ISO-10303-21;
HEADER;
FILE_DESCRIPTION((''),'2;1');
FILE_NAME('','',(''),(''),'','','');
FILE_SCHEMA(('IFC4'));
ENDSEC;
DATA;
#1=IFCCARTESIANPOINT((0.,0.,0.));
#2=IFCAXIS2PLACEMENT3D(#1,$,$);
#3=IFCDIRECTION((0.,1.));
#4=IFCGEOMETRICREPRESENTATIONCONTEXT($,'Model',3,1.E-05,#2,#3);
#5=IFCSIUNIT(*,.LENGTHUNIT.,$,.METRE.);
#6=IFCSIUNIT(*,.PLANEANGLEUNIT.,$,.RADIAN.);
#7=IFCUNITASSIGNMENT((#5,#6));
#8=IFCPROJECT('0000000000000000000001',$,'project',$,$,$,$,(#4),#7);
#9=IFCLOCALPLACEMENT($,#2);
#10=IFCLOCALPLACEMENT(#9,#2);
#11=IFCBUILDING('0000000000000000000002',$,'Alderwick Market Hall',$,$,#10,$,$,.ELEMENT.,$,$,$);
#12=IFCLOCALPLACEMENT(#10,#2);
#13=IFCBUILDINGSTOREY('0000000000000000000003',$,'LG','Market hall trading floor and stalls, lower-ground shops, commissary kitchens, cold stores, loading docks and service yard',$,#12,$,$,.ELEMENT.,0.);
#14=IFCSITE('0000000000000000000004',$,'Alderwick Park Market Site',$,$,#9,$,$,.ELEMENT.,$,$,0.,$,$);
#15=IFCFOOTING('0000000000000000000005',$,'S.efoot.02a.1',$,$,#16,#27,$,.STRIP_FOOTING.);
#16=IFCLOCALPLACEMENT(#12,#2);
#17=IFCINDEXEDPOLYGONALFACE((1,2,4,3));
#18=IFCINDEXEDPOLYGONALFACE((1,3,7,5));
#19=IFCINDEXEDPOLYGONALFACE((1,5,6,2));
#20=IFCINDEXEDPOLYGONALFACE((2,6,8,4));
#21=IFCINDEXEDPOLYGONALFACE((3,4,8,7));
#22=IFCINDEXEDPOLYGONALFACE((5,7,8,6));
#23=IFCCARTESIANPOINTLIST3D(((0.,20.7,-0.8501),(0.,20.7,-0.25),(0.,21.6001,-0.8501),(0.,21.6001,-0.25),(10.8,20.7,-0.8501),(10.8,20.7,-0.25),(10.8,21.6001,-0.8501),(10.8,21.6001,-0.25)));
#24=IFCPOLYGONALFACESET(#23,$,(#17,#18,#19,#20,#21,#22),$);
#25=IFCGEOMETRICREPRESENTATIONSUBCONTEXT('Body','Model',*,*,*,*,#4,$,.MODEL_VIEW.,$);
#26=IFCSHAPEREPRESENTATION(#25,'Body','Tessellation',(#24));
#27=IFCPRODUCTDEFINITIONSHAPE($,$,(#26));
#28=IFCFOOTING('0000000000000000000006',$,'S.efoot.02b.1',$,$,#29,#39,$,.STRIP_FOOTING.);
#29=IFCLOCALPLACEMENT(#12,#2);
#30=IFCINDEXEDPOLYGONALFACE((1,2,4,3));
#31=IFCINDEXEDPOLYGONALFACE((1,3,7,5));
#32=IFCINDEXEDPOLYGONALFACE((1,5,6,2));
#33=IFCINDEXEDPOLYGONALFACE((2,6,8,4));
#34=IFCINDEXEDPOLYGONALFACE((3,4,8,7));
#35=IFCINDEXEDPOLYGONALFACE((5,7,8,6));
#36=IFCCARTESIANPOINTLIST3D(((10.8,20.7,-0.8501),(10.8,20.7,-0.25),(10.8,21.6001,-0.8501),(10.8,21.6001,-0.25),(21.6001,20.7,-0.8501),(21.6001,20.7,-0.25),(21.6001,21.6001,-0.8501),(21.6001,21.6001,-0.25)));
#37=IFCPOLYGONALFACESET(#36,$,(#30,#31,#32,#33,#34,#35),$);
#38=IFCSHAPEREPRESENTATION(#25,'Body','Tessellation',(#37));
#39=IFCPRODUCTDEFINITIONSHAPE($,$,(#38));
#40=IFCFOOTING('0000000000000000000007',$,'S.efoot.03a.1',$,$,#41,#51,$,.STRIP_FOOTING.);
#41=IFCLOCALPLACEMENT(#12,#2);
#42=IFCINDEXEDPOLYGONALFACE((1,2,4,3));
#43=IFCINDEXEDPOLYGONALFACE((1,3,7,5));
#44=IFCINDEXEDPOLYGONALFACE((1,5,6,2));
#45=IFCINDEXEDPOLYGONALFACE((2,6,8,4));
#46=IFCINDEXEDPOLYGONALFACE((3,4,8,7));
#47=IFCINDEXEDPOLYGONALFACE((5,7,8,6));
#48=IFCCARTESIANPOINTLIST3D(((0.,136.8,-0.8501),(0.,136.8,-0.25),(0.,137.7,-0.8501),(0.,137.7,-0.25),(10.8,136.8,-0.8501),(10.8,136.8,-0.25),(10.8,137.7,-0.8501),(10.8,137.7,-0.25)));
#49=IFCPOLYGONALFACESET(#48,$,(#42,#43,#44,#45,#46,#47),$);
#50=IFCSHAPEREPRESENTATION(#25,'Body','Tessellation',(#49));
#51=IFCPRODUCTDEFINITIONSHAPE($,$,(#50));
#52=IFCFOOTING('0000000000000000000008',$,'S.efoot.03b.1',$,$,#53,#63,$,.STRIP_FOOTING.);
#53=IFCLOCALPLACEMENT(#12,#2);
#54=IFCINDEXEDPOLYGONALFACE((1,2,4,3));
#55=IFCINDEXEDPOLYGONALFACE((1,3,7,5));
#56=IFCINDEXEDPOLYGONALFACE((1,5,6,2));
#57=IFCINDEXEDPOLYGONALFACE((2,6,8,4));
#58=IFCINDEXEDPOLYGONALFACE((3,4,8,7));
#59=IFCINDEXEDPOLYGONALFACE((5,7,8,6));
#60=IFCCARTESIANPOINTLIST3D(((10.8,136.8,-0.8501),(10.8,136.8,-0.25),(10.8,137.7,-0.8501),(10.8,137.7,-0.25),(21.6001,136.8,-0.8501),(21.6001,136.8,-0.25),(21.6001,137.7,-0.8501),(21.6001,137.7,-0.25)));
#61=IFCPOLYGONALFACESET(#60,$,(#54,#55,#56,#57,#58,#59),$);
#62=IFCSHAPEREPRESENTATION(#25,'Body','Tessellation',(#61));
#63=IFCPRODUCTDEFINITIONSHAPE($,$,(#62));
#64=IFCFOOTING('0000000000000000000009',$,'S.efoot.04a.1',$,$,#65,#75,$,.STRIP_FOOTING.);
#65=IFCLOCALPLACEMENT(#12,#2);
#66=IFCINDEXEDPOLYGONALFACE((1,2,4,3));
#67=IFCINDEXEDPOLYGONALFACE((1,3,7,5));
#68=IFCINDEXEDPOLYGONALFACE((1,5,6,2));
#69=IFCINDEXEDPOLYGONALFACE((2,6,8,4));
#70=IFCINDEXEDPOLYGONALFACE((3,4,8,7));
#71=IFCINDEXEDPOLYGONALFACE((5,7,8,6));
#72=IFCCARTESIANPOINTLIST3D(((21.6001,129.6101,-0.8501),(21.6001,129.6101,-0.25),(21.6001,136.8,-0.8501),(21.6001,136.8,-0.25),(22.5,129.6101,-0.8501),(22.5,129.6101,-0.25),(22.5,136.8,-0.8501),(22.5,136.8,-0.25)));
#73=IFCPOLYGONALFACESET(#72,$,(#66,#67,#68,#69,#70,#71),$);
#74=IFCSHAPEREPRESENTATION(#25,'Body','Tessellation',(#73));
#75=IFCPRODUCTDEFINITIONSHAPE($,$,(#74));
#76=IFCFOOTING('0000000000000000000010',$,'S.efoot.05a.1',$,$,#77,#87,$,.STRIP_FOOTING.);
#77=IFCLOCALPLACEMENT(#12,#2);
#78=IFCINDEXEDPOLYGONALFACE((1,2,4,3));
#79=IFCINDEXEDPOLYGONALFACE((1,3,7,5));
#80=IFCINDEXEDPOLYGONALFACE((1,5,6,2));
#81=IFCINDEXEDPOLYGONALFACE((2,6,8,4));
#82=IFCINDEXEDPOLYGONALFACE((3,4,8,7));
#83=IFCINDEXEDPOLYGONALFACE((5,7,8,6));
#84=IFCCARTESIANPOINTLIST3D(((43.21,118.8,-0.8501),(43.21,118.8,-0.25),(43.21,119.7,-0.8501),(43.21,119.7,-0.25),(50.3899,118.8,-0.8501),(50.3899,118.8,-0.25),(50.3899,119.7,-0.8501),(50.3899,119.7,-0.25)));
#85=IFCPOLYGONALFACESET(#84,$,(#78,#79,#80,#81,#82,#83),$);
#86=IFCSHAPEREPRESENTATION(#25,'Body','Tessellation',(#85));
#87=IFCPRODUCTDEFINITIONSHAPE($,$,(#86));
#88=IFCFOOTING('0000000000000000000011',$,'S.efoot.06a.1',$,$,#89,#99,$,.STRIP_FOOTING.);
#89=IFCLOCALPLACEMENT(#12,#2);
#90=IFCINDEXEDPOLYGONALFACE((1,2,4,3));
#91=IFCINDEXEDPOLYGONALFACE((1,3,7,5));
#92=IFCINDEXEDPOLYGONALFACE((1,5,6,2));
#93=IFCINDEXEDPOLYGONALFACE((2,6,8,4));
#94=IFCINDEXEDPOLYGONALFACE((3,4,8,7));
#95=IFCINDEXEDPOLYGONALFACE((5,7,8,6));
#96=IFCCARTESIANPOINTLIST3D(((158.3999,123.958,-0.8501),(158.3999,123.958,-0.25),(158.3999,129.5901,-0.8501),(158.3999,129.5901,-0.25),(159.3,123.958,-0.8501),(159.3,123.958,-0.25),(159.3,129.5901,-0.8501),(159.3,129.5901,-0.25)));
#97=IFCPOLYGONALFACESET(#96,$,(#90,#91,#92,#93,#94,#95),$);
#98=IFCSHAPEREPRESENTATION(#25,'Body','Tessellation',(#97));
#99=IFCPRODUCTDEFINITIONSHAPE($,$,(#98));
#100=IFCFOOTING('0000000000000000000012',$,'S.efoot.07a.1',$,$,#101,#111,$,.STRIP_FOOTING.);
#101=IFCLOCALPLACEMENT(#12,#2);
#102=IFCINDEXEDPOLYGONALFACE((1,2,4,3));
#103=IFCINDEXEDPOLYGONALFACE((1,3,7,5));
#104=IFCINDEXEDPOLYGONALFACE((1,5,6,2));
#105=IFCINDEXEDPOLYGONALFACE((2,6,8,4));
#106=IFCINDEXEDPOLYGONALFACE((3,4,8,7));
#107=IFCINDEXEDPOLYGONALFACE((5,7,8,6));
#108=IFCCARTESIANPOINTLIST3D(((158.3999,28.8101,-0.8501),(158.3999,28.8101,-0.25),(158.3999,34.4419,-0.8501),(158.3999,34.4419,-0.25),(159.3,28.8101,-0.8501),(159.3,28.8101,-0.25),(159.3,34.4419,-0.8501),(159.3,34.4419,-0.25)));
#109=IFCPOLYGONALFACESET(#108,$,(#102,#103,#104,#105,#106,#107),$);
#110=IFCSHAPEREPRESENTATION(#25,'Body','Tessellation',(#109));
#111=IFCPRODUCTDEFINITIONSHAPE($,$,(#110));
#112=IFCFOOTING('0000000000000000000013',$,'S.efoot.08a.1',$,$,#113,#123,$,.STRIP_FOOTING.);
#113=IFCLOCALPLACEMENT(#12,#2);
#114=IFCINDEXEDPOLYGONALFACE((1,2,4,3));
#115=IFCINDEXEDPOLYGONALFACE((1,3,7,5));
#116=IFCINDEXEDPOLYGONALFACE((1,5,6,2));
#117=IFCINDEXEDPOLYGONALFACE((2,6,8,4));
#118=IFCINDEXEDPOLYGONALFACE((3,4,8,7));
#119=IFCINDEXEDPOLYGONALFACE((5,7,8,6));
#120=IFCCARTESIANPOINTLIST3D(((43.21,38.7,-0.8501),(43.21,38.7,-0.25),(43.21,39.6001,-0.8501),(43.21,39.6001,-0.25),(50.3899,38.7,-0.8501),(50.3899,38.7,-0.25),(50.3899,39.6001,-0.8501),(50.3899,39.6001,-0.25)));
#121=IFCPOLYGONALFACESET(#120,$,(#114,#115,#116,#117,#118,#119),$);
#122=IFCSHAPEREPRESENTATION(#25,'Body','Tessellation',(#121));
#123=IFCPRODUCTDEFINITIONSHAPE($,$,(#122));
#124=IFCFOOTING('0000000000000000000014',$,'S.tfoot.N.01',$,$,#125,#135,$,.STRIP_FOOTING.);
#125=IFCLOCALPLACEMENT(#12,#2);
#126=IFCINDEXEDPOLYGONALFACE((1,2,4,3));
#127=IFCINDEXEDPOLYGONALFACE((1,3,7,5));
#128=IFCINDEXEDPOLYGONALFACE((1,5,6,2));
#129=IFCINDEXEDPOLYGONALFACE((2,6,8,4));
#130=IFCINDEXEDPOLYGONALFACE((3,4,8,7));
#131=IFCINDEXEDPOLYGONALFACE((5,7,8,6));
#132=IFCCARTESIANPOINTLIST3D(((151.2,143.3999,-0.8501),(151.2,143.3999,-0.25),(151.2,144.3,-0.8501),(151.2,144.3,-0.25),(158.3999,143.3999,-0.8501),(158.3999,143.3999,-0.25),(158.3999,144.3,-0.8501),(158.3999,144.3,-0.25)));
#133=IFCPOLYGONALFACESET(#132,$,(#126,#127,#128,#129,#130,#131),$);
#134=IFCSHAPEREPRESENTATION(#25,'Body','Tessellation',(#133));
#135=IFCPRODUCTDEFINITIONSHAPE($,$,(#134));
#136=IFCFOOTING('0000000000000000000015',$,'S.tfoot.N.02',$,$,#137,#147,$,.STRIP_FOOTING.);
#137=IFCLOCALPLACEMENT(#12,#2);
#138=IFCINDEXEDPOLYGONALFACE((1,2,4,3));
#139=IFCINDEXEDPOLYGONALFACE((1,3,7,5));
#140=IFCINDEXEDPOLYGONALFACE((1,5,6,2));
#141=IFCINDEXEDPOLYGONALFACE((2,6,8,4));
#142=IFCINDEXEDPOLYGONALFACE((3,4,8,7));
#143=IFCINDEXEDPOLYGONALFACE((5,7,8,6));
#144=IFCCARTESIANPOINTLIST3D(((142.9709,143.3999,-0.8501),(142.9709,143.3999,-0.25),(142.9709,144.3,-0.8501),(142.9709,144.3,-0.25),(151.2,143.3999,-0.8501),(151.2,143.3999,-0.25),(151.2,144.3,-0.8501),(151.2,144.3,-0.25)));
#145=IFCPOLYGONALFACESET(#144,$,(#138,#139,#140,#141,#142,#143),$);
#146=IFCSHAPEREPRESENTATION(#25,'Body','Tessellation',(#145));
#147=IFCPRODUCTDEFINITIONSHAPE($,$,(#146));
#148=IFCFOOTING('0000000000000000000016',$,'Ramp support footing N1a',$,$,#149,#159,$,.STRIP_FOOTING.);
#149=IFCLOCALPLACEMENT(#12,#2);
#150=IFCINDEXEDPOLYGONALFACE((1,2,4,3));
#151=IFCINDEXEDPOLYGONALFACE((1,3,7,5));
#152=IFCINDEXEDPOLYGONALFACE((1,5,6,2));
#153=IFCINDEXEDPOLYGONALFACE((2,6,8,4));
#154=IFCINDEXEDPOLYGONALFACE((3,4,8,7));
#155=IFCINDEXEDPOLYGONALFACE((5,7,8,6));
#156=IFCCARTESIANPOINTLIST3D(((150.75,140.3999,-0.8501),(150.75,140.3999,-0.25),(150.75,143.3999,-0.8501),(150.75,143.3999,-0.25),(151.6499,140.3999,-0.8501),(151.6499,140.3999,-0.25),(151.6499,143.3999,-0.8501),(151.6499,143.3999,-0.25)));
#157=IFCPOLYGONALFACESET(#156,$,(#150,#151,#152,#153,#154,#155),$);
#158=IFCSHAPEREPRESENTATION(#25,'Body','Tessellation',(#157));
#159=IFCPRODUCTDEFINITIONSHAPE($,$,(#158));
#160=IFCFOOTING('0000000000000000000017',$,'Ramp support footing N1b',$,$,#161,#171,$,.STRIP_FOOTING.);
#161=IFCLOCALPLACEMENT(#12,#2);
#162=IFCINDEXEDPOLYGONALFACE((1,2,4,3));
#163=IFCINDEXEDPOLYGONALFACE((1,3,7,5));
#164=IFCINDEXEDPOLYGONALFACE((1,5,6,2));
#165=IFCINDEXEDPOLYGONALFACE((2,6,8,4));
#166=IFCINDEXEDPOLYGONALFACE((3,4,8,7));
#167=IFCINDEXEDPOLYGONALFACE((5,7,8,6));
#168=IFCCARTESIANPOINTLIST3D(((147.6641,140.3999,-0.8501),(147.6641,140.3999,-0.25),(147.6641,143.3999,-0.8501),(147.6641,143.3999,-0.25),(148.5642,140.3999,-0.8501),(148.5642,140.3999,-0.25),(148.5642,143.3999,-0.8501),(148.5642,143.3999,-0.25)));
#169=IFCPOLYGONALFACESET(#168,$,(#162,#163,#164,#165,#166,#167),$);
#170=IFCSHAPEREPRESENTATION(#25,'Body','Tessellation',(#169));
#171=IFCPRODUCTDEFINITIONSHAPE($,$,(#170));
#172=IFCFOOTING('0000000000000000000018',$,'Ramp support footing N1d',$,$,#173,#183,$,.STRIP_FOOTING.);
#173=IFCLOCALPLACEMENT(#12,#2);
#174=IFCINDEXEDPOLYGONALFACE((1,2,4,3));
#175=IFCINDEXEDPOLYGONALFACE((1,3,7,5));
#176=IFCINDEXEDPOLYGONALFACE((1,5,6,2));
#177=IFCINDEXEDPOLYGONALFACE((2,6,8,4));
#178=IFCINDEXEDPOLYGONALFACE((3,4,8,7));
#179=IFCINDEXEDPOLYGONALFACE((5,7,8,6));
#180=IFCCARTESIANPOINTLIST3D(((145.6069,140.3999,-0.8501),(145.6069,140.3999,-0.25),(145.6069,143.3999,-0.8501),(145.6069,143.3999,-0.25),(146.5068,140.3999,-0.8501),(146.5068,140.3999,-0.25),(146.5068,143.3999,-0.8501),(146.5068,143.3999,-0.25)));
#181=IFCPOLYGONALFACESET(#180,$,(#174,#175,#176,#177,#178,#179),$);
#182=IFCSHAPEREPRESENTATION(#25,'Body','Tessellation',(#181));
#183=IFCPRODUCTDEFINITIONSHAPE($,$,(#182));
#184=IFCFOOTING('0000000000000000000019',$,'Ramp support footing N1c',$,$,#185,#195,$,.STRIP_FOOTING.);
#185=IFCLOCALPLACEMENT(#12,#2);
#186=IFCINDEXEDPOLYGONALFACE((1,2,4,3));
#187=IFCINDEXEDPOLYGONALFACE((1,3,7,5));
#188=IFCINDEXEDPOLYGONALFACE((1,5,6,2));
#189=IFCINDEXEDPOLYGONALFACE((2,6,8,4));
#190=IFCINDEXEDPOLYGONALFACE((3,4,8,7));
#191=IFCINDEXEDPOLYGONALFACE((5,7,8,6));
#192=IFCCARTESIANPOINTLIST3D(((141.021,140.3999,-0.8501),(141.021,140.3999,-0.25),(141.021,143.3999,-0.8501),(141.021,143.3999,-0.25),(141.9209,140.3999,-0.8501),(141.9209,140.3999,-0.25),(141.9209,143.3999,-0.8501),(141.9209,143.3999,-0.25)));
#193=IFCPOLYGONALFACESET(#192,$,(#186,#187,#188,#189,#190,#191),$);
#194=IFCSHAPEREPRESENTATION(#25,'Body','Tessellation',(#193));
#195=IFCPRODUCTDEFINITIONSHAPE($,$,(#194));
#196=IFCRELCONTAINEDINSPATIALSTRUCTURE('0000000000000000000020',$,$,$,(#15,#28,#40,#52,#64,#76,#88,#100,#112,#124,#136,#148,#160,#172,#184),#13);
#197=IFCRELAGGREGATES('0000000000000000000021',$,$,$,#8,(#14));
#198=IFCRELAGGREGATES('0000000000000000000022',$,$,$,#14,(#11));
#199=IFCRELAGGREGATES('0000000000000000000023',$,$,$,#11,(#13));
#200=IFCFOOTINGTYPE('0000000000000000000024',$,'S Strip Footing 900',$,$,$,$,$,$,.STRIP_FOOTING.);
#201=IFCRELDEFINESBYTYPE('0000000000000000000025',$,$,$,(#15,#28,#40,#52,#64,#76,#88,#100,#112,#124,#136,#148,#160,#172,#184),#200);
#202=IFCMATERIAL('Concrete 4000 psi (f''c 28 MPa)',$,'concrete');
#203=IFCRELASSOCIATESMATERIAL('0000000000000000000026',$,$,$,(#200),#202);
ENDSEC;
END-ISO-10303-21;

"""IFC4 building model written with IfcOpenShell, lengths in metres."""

from ifc_helpers import new_model, si_unit, direction, frame, origin, place, context, subcontext, project, spatial, polyline, outline, extrude, material, type_object, element, save


model = new_model("IFC4")

# Units and contexts
model_context = context("Model", 3, precision=1e-05, world=origin(), true_north=direction((0.0, 1.0)))
body_context = subcontext(model_context, "Body", "Model", "MODEL_VIEW")
ifc_project = project(units=[si_unit("LENGTHUNIT", "METRE"), si_unit("PLANEANGLEUNIT", "RADIAN")], contexts=[model_context])

# Site, building, storey
site_placement = place(None, origin())
site = spatial("IfcSite", under=ifc_project, at=site_placement, Name="Alderwick Park Market Site", CompositionType="ELEMENT", RefElevation=0.0)
building_placement = place(site_placement, origin())
building = spatial("IfcBuilding", under=site, at=building_placement, Name="Alderwick Market Hall", CompositionType="ELEMENT")
storey_placement = place(building_placement, origin())
storey = spatial("IfcBuildingStorey", under=building, at=storey_placement, Name="LG", Description="Market hall trading floor and stalls, lower-ground shops, commissary kitchens, cold stores, loading docks and service yard", CompositionType="ELEMENT", Elevation=0.0)

# Footings
ifc_material = material(Name="Concrete 4000 psi (f'c 28 MPa)", Category="concrete")
footing_type = type_object("IfcFootingType", Name="S Strip Footing 900", PredefinedType="STRIP_FOOTING", material=ifc_material)
footing_1_placement = place(storey_placement, frame((0.0, 0.0, -0.8501)))
element("IfcFooting", 1, at=footing_1_placement, inside=storey, type_object=footing_type, Name="S.efoot.02a.1", PredefinedType="STRIP_FOOTING", context=body_context, shape_type="SweptSolid", body=[
    extrude(outline(polyline([(0.0, 20.7), (10.8, 20.7), (10.8, 21.6001), (0.0, 21.6001), (0.0, 20.7)])), origin(), (0.0, 0.0, 1.0), 0.6001),
])
footing_2_placement = place(storey_placement, frame((0.0, 0.0, -0.8501)))
element("IfcFooting", 2, at=footing_2_placement, inside=storey, type_object=footing_type, Name="S.efoot.02b.1", PredefinedType="STRIP_FOOTING", context=body_context, shape_type="SweptSolid", body=[
    extrude(outline(polyline([(10.8, 21.6001), (10.8, 20.7), (21.6001, 20.7), (21.6001, 21.6001), (10.8, 21.6001)])), origin(), (0.0, 0.0, 1.0), 0.6001),
])
footing_3_placement = place(storey_placement, frame((0.0, 0.0, -0.8501)))
element("IfcFooting", 3, at=footing_3_placement, inside=storey, type_object=footing_type, Name="S.efoot.03a.1", PredefinedType="STRIP_FOOTING", context=body_context, shape_type="SweptSolid", body=[
    extrude(outline(polyline([(10.8, 136.8), (10.8, 137.7), (0.0, 137.7), (0.0, 136.8), (10.8, 136.8)])), origin(), (0.0, 0.0, 1.0), 0.6001),
])
footing_4_placement = place(storey_placement, frame((0.0, 0.0, -0.8501)))
element("IfcFooting", 4, at=footing_4_placement, inside=storey, type_object=footing_type, Name="S.efoot.03b.1", PredefinedType="STRIP_FOOTING", context=body_context, shape_type="SweptSolid", body=[
    extrude(outline(polyline([(21.6001, 137.7), (10.8, 137.7), (10.8, 136.8), (21.6001, 136.8), (21.6001, 137.7)])), origin(), (0.0, 0.0, 1.0), 0.6001),
])
footing_5_placement = place(storey_placement, frame((0.0, 0.0, -0.8501)))
element("IfcFooting", 5, at=footing_5_placement, inside=storey, type_object=footing_type, Name="S.efoot.04a.1", PredefinedType="STRIP_FOOTING", context=body_context, shape_type="SweptSolid", body=[
    extrude(outline(polyline([(22.5, 129.6101), (22.5, 136.8), (21.6001, 136.8), (21.6001, 129.6101), (22.5, 129.6101)])), origin(), (0.0, 0.0, 1.0), 0.6001),
])
footing_6_placement = place(storey_placement, frame((0.0, 0.0, -0.8501)))
element("IfcFooting", 6, at=footing_6_placement, inside=storey, type_object=footing_type, Name="S.efoot.05a.1", PredefinedType="STRIP_FOOTING", context=body_context, shape_type="SweptSolid", body=[
    extrude(outline(polyline([(50.3899, 119.7), (43.21, 119.7), (43.21, 118.8), (50.3899, 118.8), (50.3899, 119.7)])), origin(), (0.0, 0.0, 1.0), 0.6001),
])
footing_7_placement = place(storey_placement, frame((0.0, 0.0, -0.8501)))
element("IfcFooting", 7, at=footing_7_placement, inside=storey, type_object=footing_type, Name="S.efoot.06a.1", PredefinedType="STRIP_FOOTING", context=body_context, shape_type="SweptSolid", body=[
    extrude(outline(polyline([(159.3, 123.958), (159.3, 129.5901), (158.3999, 129.5901), (158.3999, 123.958), (159.3, 123.958)])), origin(), (0.0, 0.0, 1.0), 0.6001),
])
footing_8_placement = place(storey_placement, frame((0.0, 0.0, -0.8501)))
element("IfcFooting", 8, at=footing_8_placement, inside=storey, type_object=footing_type, Name="S.efoot.07a.1", PredefinedType="STRIP_FOOTING", context=body_context, shape_type="SweptSolid", body=[
    extrude(outline(polyline([(159.3, 28.8101), (159.3, 34.4419), (158.3999, 34.4419), (158.3999, 28.8101), (159.3, 28.8101)])), origin(), (0.0, 0.0, 1.0), 0.6001),
])
footing_9_placement = place(storey_placement, frame((0.0, 0.0, -0.8501)))
element("IfcFooting", 9, at=footing_9_placement, inside=storey, type_object=footing_type, Name="S.efoot.08a.1", PredefinedType="STRIP_FOOTING", context=body_context, shape_type="SweptSolid", body=[
    extrude(outline(polyline([(43.21, 38.7), (50.3899, 38.7), (50.3899, 39.6001), (43.21, 39.6001), (43.21, 38.7)])), origin(), (0.0, 0.0, 1.0), 0.6001),
])
footing_10_placement = place(storey_placement, frame((0.0, 0.0, -0.8501)))
element("IfcFooting", 10, at=footing_10_placement, inside=storey, type_object=footing_type, Name="S.tfoot.N.01", PredefinedType="STRIP_FOOTING", context=body_context, shape_type="SweptSolid", body=[
    extrude(outline(polyline([(158.3999, 143.3999), (158.3999, 144.3), (151.2, 144.3), (151.2, 143.3999), (158.3999, 143.3999)])), origin(), (0.0, 0.0, 1.0), 0.6001),
])
footing_11_placement = place(storey_placement, frame((0.0, 0.0, -0.8501)))
element("IfcFooting", 11, at=footing_11_placement, inside=storey, type_object=footing_type, Name="S.tfoot.N.02", PredefinedType="STRIP_FOOTING", context=body_context, shape_type="SweptSolid", body=[
    extrude(outline(polyline([(151.2, 143.3999), (151.2, 144.3), (142.9709, 144.3), (142.9709, 143.3999), (151.2, 143.3999)])), origin(), (0.0, 0.0, 1.0), 0.6001),
])
footing_12_placement = place(storey_placement, frame((0.0, 0.0, -0.8501)))
element("IfcFooting", 12, at=footing_12_placement, inside=storey, type_object=footing_type, Name="Ramp support footing N1a", PredefinedType="STRIP_FOOTING", context=body_context, shape_type="SweptSolid", body=[
    extrude(outline(polyline([(151.6499, 140.3999), (151.6499, 143.3999), (150.75, 143.3999), (150.75, 140.3999), (151.6499, 140.3999)])), origin(), (0.0, 0.0, 1.0), 0.6001),
])
footing_13_placement = place(storey_placement, frame((0.0, 0.0, -0.8501)))
element("IfcFooting", 13, at=footing_13_placement, inside=storey, type_object=footing_type, Name="Ramp support footing N1b", PredefinedType="STRIP_FOOTING", context=body_context, shape_type="SweptSolid", body=[
    extrude(outline(polyline([(148.5642, 140.3999), (148.5642, 143.3999), (147.6641, 143.3999), (147.6641, 140.3999), (148.5642, 140.3999)])), origin(), (0.0, 0.0, 1.0), 0.6001),
])
footing_14_placement = place(storey_placement, frame((0.0, 0.0, -0.8501)))
element("IfcFooting", 14, at=footing_14_placement, inside=storey, type_object=footing_type, Name="Ramp support footing N1d", PredefinedType="STRIP_FOOTING", context=body_context, shape_type="SweptSolid", body=[
    extrude(outline(polyline([(146.5068, 140.3999), (146.5068, 143.3999), (145.6069, 143.3999), (145.6069, 140.3999), (146.5068, 140.3999)])), origin(), (0.0, 0.0, 1.0), 0.6001),
])
footing_15_placement = place(storey_placement, frame((0.0, 0.0, -0.8501)))
element("IfcFooting", 15, at=footing_15_placement, inside=storey, type_object=footing_type, Name="Ramp support footing N1c", PredefinedType="STRIP_FOOTING", context=body_context, shape_type="SweptSolid", body=[
    extrude(outline(polyline([(141.9209, 140.3999), (141.9209, 143.3999), (141.021, 143.3999), (141.021, 140.3999), (141.9209, 140.3999)])), origin(), (0.0, 0.0, 1.0), 0.6001),
])

save(model, "model.ifc")
